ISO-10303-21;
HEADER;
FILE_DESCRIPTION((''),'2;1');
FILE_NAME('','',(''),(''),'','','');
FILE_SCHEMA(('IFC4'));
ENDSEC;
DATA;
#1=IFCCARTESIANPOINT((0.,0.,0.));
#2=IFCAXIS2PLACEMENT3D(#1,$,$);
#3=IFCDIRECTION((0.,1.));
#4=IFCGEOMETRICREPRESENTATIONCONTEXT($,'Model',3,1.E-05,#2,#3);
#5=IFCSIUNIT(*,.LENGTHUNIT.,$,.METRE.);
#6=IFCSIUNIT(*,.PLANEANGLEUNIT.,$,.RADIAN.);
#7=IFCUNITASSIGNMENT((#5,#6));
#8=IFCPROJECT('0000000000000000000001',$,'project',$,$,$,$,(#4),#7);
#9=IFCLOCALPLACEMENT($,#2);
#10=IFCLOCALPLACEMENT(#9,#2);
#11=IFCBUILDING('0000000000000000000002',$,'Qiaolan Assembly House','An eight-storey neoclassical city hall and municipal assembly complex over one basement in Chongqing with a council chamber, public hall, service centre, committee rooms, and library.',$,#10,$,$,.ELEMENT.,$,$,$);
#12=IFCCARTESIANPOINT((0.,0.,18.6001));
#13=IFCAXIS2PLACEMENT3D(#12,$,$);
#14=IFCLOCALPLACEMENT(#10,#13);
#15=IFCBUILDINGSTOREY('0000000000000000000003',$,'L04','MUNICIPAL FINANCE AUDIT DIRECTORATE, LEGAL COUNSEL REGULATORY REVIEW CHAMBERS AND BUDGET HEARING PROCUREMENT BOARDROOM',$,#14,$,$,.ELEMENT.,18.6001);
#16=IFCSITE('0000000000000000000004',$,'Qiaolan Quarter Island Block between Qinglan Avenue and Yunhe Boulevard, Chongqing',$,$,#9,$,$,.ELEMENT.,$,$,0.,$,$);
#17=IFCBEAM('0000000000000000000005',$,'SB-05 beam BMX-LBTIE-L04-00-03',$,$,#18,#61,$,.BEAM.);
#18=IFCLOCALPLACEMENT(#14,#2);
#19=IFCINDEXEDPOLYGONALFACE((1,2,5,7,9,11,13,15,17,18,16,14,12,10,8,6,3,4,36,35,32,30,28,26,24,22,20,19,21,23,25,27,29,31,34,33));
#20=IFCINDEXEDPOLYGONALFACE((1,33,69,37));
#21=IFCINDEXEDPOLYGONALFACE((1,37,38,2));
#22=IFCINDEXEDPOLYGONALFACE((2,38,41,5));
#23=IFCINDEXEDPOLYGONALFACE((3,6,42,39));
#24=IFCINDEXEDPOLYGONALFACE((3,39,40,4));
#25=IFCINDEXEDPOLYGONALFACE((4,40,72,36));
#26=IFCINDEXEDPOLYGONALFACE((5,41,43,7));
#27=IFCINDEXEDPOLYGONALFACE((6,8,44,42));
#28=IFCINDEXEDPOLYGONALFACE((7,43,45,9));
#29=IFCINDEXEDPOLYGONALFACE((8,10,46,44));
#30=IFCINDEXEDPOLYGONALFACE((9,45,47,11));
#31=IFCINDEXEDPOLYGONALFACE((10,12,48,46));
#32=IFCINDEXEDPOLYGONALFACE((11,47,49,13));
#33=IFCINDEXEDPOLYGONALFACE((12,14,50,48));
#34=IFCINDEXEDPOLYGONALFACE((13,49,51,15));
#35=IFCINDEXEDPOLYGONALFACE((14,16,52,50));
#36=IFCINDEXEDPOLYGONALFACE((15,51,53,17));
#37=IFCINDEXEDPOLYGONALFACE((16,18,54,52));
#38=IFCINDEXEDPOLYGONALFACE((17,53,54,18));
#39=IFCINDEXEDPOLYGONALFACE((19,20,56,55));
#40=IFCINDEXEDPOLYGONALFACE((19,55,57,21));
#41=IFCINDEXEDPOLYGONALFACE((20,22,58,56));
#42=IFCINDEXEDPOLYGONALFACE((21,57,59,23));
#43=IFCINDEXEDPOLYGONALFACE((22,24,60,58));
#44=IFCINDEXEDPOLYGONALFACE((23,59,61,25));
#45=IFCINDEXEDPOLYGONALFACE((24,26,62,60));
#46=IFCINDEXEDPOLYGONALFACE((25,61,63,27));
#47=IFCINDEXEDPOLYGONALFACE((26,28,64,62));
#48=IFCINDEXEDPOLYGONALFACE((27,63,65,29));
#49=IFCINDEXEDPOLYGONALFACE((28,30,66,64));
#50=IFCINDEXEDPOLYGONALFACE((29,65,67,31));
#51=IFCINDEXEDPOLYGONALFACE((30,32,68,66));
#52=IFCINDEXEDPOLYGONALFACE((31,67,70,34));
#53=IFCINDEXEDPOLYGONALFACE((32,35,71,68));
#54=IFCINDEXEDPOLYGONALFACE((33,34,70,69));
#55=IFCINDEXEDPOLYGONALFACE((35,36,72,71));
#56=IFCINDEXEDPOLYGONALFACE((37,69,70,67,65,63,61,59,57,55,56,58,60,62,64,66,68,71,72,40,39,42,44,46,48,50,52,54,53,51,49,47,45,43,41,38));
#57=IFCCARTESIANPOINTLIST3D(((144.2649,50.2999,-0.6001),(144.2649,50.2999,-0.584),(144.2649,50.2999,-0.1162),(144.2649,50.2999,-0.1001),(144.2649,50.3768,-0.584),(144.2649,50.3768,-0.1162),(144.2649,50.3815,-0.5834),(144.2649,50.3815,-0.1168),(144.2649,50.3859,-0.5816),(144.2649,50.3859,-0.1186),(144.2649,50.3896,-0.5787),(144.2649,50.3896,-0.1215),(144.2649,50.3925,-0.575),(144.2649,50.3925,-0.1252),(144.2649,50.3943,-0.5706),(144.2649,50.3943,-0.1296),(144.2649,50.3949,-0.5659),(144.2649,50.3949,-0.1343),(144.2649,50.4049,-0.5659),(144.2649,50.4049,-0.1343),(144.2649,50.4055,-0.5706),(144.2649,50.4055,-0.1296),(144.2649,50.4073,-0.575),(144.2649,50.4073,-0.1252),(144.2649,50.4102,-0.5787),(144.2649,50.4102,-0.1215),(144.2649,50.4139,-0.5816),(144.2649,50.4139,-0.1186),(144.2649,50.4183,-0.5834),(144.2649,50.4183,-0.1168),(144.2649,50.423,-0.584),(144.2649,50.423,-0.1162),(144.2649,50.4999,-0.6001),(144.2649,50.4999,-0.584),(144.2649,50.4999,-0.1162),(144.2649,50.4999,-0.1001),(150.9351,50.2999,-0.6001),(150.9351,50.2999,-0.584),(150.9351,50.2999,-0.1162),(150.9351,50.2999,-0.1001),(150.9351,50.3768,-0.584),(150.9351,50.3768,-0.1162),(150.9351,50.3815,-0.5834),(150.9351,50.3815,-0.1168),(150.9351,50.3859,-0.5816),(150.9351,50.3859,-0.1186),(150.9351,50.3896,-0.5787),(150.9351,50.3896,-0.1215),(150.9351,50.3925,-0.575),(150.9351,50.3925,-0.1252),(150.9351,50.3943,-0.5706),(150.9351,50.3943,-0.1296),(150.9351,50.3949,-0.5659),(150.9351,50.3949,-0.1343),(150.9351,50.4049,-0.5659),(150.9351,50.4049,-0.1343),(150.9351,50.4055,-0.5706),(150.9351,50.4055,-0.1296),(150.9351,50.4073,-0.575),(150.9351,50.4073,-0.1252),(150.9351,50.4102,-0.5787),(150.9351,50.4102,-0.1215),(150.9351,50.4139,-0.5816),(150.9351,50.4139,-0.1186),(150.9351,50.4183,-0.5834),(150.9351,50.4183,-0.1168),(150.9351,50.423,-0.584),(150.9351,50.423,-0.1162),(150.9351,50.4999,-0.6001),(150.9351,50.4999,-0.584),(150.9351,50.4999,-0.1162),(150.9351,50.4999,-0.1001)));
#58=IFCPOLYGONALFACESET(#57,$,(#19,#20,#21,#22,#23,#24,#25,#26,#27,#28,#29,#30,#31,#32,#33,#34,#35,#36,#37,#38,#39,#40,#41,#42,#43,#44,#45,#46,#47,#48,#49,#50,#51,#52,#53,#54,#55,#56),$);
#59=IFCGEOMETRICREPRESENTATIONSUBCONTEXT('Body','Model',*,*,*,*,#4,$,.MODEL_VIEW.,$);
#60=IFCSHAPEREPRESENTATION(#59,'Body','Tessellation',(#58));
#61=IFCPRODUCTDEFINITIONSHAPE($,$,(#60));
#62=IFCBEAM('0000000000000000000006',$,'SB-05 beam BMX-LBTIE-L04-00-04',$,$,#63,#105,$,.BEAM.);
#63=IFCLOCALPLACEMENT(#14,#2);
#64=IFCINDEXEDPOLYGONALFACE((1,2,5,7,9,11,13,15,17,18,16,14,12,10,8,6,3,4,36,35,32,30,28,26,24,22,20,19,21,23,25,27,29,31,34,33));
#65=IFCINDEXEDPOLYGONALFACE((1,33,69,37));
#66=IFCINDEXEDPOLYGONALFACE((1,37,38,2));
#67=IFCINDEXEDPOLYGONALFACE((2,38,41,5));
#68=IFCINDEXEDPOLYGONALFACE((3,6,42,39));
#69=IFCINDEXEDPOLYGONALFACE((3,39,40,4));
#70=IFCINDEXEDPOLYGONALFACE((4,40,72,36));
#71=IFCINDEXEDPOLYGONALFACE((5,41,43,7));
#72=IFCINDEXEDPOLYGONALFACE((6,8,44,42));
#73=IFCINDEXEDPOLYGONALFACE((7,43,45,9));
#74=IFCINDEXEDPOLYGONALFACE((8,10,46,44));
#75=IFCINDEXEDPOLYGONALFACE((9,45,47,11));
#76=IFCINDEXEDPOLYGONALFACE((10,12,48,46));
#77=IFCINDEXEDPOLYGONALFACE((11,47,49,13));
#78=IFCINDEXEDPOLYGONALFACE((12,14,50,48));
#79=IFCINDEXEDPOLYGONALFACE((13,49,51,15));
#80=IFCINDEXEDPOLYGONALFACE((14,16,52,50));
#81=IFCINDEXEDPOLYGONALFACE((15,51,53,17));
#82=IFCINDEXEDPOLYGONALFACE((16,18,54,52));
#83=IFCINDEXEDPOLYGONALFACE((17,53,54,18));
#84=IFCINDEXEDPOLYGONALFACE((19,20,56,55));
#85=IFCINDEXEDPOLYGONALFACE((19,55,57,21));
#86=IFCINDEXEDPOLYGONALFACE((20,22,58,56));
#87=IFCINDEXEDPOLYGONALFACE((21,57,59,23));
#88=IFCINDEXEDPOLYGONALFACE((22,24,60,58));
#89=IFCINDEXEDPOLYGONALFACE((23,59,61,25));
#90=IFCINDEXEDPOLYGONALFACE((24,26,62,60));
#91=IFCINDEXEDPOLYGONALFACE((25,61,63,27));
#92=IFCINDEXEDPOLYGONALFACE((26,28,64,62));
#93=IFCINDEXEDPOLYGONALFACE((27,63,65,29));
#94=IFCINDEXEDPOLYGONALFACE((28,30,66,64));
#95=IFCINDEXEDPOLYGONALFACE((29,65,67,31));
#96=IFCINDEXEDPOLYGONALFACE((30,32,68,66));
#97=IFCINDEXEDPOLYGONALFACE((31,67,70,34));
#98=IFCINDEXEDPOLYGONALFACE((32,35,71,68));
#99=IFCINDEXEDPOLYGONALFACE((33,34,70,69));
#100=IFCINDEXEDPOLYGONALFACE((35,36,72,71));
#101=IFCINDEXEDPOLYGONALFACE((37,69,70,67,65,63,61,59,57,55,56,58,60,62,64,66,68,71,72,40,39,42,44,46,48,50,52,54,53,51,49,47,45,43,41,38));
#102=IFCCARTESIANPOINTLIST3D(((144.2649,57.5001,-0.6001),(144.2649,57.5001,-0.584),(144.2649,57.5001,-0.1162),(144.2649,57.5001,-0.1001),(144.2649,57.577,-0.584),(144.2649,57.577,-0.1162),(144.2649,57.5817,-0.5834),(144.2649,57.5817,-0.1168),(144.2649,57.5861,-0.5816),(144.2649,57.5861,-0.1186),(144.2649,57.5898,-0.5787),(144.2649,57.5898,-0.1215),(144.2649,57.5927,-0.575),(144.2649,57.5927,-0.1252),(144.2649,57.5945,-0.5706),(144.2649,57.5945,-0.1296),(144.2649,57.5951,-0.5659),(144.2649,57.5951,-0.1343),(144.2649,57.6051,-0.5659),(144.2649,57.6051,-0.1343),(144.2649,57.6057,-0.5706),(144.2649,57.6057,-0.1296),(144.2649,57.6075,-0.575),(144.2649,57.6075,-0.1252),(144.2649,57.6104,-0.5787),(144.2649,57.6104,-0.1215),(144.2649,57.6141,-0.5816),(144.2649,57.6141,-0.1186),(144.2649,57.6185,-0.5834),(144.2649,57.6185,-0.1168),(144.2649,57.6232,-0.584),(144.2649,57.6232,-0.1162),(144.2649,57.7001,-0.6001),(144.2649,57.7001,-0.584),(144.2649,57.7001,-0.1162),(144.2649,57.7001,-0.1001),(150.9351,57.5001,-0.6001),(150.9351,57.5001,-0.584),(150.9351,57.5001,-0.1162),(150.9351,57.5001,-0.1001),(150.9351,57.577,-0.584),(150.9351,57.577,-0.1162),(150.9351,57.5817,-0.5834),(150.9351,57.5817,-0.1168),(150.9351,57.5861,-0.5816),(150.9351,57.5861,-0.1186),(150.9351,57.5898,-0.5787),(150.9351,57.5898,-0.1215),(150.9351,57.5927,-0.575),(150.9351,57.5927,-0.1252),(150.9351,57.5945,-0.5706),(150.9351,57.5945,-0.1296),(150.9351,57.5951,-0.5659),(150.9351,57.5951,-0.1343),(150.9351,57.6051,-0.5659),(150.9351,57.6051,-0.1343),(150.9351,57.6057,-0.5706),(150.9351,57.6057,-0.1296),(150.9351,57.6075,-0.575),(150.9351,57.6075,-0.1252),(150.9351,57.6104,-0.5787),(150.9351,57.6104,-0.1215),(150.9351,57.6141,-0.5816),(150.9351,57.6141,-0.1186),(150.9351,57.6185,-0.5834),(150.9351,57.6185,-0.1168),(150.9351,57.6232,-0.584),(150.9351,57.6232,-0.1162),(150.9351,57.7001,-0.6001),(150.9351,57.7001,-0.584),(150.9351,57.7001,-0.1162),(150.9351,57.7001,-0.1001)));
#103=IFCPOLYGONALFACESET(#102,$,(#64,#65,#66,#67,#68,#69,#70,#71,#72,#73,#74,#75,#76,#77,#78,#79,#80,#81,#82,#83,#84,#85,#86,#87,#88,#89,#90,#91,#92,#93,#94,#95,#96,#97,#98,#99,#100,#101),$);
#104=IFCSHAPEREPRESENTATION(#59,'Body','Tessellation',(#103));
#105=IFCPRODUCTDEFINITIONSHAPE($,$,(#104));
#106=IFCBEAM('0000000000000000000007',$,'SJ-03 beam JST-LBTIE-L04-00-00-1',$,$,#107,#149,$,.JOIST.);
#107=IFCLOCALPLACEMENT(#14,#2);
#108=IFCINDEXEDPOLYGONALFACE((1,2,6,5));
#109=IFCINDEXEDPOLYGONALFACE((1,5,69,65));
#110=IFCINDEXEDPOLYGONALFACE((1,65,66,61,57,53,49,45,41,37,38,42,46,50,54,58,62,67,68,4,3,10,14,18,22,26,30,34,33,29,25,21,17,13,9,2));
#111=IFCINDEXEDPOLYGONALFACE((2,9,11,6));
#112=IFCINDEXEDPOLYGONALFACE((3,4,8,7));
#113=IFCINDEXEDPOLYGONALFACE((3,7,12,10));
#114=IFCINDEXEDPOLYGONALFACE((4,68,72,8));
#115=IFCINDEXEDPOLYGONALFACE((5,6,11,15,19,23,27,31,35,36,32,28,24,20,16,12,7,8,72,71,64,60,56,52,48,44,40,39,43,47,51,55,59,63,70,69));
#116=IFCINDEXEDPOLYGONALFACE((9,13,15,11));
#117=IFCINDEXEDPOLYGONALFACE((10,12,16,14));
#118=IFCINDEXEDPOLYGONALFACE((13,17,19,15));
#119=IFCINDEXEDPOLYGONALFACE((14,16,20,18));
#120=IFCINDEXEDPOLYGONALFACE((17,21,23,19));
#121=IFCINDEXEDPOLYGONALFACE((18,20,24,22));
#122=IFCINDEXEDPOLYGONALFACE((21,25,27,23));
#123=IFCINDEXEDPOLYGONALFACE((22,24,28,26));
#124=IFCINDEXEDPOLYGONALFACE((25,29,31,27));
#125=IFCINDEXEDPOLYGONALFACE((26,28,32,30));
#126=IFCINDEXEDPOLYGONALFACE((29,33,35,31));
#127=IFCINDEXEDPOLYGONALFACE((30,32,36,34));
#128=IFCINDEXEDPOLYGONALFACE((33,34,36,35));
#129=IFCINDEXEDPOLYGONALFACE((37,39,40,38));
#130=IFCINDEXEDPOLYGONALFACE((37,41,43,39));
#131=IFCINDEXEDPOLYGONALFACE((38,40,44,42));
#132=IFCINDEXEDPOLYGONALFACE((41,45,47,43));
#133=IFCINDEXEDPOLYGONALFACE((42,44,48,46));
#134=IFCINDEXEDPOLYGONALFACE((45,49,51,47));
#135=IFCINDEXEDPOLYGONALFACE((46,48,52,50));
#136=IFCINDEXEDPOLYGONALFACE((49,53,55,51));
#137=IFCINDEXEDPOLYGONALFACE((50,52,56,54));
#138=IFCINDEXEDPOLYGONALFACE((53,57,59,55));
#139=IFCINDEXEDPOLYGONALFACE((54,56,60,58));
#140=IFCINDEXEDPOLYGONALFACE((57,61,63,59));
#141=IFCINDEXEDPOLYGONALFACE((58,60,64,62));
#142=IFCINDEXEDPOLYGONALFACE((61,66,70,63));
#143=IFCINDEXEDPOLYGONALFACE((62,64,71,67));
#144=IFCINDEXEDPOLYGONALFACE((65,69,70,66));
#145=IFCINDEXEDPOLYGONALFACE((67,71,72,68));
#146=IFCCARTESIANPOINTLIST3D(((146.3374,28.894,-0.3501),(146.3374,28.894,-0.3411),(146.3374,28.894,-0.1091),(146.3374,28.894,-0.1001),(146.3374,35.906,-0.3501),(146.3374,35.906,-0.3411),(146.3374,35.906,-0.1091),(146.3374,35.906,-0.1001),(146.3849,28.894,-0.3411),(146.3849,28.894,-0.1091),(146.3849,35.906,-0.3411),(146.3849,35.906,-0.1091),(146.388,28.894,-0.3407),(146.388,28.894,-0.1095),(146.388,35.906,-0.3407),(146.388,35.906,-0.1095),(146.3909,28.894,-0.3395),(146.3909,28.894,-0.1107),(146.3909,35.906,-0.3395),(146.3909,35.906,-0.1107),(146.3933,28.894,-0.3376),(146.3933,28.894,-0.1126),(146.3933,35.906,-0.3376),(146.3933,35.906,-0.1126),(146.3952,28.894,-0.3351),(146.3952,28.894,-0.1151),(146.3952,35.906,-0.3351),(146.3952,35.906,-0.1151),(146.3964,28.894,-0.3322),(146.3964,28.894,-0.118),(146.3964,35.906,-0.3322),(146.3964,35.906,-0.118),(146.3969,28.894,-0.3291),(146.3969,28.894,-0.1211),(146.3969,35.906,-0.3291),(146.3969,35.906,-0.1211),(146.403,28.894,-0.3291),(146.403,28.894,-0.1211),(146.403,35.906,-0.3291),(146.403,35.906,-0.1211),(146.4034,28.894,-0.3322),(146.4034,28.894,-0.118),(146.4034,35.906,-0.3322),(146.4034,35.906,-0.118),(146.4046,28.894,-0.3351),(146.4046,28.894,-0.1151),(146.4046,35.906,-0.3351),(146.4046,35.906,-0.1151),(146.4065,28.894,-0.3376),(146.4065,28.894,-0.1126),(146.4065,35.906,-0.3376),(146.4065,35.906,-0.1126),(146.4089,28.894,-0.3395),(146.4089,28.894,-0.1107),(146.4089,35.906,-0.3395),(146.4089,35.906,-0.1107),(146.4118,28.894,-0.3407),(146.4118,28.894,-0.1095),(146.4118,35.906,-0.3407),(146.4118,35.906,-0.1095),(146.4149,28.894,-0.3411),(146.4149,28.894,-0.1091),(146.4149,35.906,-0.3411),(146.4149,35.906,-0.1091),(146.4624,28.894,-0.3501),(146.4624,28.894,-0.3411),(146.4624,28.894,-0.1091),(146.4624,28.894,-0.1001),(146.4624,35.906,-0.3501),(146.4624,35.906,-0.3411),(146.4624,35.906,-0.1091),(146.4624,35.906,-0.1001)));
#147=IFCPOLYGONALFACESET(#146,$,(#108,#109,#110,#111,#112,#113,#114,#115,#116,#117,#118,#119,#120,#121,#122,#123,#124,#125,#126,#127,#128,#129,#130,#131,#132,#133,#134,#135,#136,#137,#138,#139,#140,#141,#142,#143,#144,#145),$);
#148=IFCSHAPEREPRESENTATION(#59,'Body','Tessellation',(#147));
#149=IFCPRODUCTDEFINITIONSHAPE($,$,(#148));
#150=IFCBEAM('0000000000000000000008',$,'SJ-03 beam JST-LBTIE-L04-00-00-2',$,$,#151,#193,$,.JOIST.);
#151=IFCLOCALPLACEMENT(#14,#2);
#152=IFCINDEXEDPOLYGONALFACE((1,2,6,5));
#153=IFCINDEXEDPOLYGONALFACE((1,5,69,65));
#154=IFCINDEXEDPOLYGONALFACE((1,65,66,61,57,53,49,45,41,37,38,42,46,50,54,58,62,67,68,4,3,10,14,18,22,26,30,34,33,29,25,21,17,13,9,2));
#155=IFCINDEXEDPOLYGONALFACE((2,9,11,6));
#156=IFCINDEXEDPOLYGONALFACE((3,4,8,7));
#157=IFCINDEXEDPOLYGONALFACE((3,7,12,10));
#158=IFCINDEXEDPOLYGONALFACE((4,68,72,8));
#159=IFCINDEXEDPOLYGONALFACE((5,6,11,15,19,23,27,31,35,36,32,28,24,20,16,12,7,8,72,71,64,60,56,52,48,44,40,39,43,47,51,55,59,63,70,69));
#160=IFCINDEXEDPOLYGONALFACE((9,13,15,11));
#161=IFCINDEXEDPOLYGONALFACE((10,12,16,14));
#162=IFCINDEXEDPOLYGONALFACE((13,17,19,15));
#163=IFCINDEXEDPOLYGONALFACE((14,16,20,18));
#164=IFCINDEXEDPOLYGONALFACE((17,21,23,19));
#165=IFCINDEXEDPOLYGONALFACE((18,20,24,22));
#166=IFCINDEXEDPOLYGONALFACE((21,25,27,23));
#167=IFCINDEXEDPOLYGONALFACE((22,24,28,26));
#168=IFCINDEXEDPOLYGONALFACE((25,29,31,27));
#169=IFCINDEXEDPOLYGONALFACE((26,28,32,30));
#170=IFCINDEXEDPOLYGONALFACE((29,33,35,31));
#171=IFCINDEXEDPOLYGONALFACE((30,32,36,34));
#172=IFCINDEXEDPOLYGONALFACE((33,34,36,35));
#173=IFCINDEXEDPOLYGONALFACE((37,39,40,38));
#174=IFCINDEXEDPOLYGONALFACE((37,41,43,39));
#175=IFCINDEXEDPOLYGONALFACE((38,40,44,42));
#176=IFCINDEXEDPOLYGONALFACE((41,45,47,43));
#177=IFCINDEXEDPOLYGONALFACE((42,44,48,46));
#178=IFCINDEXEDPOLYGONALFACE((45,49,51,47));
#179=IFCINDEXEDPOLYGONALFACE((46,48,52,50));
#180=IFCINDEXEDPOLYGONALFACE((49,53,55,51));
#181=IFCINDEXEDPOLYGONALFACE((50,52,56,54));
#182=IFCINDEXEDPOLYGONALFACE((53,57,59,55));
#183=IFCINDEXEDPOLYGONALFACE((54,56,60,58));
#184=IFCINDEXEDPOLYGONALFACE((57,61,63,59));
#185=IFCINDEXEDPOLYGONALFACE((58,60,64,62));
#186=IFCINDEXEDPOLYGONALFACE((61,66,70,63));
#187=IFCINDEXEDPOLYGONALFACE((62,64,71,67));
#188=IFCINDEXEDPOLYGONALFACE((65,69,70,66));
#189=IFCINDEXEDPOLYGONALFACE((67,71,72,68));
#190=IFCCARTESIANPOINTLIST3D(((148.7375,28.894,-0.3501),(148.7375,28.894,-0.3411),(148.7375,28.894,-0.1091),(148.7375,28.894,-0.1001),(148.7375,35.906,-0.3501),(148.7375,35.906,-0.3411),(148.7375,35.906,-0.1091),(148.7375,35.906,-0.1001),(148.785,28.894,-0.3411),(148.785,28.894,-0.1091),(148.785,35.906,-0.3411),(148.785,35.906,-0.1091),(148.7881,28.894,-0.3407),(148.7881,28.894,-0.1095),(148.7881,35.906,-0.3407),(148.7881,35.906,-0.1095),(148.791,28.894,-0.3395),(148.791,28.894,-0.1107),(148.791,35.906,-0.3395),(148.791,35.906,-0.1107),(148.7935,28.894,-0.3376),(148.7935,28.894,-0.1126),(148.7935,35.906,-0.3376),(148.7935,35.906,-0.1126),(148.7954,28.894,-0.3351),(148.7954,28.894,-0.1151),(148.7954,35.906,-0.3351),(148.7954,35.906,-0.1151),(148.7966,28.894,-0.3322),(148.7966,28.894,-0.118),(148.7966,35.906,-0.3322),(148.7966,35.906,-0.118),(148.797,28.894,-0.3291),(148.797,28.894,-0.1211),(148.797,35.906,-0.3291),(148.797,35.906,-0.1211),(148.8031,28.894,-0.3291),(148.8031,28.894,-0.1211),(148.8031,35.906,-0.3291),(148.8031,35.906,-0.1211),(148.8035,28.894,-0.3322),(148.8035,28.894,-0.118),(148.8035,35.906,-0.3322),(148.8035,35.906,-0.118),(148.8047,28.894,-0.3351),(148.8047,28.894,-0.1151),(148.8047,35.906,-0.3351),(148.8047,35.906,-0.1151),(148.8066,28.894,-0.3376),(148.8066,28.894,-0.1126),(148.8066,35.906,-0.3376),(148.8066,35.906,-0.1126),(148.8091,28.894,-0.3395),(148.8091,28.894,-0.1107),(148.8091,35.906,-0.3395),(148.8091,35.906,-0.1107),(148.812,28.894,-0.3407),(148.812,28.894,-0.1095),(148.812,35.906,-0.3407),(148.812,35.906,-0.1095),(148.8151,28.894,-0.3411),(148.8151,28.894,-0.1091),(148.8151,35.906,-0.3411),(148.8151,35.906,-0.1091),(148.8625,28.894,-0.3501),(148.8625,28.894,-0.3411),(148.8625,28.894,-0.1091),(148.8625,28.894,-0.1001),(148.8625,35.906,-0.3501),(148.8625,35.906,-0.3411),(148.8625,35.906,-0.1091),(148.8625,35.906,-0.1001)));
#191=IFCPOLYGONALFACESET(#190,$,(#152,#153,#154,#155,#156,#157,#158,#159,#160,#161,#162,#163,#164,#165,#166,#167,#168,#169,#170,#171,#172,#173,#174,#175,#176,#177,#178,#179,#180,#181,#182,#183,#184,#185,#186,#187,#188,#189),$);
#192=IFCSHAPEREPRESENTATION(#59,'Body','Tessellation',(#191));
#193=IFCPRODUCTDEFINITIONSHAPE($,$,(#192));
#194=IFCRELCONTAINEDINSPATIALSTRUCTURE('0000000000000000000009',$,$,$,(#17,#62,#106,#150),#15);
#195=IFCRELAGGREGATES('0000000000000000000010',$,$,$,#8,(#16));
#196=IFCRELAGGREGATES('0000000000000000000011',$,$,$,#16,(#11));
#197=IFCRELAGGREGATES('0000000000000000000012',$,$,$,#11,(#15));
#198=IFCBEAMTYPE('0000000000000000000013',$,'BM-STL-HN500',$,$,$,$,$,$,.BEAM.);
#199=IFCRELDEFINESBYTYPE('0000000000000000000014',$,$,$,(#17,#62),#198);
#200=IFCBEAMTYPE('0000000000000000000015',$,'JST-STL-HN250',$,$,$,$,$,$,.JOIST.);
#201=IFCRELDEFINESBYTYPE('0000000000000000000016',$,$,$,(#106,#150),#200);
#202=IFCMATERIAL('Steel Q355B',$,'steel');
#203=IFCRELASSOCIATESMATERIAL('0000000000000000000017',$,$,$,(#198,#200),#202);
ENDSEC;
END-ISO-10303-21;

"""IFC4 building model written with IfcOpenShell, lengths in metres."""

from ifc_helpers import new_model, si_unit, direction, frame, origin, origin_2d, place, context, subcontext, project, spatial, i_section, extrude, material, material_profile, profile_set, type_object, element, save


model = new_model("IFC4")

# Units and contexts
model_context = context("Model", 3, precision=1e-05, world=origin(), true_north=direction((0.0, 1.0)))
body_context = subcontext(model_context, "Body", "Model", "MODEL_VIEW")
ifc_project = project(units=[si_unit("LENGTHUNIT", "METRE"), si_unit("PLANEANGLEUNIT", "RADIAN")], contexts=[model_context])

# Site, building, storey
site_placement = place(None, origin())
site = spatial("IfcSite", under=ifc_project, at=site_placement, Name="Qiaolan Quarter Island Block between Qinglan Avenue and Yunhe Boulevard, Chongqing", CompositionType="ELEMENT", RefElevation=0.0)
building_placement = place(site_placement, origin())
building = spatial("IfcBuilding", under=site, at=building_placement, Name="Qiaolan Assembly House", Description="An eight-storey neoclassical city hall and municipal assembly complex over one basement in Chongqing with a council chamber, public hall, service centre, committee rooms, and library.", CompositionType="ELEMENT")
storey_placement = place(building_placement, frame((0.0, 0.0, 18.6001)))
storey = spatial("IfcBuildingStorey", under=building, at=storey_placement, Name="L04", Description="MUNICIPAL FINANCE AUDIT DIRECTORATE, LEGAL COUNSEL REGULATORY REVIEW CHAMBERS AND BUDGET HEARING PROCUREMENT BOARDROOM", CompositionType="ELEMENT", Elevation=18.6001)

# Beams
ifc_material = material(Name="Steel Q355B", Category="steel")
ifc_material_profile_1 = material_profile(ifc_material, i_section(OverallWidth=0.2, OverallDepth=0.5, WebThickness=0.01, FlangeThickness=0.0161, FilletRadius=0.0181, at=origin_2d()), Name="HN 500x200x10x16")
ifc_profile_set_1 = profile_set([ifc_material_profile_1], Name="Steel Q355B")
beam_type_1 = type_object("IfcBeamType", Name="BM-STL-HN500", PredefinedType="BEAM", material=ifc_profile_set_1)
for number, where, z_axis, x_axis, name in (
    (1, (144.2649, 50.3999, -0.3501), (1.0, 0.0, 0.0), (0.0, 1.0, 0.0), "SB-05 beam BMX-LBTIE-L04-00-03"),
    (2, (144.2649, 57.6001, -0.3501), (1.0, 0.0, 0.0), (0.0, 1.0, 0.0), "SB-05 beam BMX-LBTIE-L04-00-04"),
):
    element("IfcBeam", number, at=place(storey_placement, frame(where, z_axis=z_axis, x_axis=x_axis)), inside=storey, type_object=beam_type_1, Name=name, PredefinedType="BEAM", context=body_context, shape_type="SweptSolid", body=[
        extrude(i_section(OverallWidth=0.2, OverallDepth=0.5, WebThickness=0.01, FlangeThickness=0.0161, FilletRadius=0.0181, at=origin_2d()), origin(), (0.0, 0.0, 1.0), 6.6702),
    ])
ifc_material_profile_2 = material_profile(ifc_material, i_section(OverallWidth=0.125, OverallDepth=0.25, WebThickness=0.0061, FlangeThickness=0.009, FilletRadius=0.012, at=origin_2d()), Name="HN 250x125x6x9")
ifc_profile_set_2 = profile_set([ifc_material_profile_2], Name="Steel Q355B")
beam_type_2 = type_object("IfcBeamType", Name="JST-STL-HN250", PredefinedType="JOIST", material=ifc_profile_set_2)
for number, where, z_axis, x_axis, name in (
    (3, (146.3999, 28.894, -0.2251), (0.0, 1.0, 0.0), (-1.0, 0.0, 0.0), "SJ-03 beam JST-LBTIE-L04-00-00-1"),
    (4, (148.8, 28.894, -0.2251), (0.0, 1.0, 0.0), (-1.0, 0.0, 0.0), "SJ-03 beam JST-LBTIE-L04-00-00-2"),
):
    element("IfcBeam", number, at=place(storey_placement, frame(where, z_axis=z_axis, x_axis=x_axis)), inside=storey, type_object=beam_type_2, Name=name, PredefinedType="JOIST", context=body_context, shape_type="SweptSolid", body=[
        extrude(i_section(OverallWidth=0.125, OverallDepth=0.25, WebThickness=0.0061, FlangeThickness=0.009, FilletRadius=0.012, at=origin_2d()), origin(), (0.0, 0.0, 1.0), 7.012),
    ])

save(model, "model.ifc")
